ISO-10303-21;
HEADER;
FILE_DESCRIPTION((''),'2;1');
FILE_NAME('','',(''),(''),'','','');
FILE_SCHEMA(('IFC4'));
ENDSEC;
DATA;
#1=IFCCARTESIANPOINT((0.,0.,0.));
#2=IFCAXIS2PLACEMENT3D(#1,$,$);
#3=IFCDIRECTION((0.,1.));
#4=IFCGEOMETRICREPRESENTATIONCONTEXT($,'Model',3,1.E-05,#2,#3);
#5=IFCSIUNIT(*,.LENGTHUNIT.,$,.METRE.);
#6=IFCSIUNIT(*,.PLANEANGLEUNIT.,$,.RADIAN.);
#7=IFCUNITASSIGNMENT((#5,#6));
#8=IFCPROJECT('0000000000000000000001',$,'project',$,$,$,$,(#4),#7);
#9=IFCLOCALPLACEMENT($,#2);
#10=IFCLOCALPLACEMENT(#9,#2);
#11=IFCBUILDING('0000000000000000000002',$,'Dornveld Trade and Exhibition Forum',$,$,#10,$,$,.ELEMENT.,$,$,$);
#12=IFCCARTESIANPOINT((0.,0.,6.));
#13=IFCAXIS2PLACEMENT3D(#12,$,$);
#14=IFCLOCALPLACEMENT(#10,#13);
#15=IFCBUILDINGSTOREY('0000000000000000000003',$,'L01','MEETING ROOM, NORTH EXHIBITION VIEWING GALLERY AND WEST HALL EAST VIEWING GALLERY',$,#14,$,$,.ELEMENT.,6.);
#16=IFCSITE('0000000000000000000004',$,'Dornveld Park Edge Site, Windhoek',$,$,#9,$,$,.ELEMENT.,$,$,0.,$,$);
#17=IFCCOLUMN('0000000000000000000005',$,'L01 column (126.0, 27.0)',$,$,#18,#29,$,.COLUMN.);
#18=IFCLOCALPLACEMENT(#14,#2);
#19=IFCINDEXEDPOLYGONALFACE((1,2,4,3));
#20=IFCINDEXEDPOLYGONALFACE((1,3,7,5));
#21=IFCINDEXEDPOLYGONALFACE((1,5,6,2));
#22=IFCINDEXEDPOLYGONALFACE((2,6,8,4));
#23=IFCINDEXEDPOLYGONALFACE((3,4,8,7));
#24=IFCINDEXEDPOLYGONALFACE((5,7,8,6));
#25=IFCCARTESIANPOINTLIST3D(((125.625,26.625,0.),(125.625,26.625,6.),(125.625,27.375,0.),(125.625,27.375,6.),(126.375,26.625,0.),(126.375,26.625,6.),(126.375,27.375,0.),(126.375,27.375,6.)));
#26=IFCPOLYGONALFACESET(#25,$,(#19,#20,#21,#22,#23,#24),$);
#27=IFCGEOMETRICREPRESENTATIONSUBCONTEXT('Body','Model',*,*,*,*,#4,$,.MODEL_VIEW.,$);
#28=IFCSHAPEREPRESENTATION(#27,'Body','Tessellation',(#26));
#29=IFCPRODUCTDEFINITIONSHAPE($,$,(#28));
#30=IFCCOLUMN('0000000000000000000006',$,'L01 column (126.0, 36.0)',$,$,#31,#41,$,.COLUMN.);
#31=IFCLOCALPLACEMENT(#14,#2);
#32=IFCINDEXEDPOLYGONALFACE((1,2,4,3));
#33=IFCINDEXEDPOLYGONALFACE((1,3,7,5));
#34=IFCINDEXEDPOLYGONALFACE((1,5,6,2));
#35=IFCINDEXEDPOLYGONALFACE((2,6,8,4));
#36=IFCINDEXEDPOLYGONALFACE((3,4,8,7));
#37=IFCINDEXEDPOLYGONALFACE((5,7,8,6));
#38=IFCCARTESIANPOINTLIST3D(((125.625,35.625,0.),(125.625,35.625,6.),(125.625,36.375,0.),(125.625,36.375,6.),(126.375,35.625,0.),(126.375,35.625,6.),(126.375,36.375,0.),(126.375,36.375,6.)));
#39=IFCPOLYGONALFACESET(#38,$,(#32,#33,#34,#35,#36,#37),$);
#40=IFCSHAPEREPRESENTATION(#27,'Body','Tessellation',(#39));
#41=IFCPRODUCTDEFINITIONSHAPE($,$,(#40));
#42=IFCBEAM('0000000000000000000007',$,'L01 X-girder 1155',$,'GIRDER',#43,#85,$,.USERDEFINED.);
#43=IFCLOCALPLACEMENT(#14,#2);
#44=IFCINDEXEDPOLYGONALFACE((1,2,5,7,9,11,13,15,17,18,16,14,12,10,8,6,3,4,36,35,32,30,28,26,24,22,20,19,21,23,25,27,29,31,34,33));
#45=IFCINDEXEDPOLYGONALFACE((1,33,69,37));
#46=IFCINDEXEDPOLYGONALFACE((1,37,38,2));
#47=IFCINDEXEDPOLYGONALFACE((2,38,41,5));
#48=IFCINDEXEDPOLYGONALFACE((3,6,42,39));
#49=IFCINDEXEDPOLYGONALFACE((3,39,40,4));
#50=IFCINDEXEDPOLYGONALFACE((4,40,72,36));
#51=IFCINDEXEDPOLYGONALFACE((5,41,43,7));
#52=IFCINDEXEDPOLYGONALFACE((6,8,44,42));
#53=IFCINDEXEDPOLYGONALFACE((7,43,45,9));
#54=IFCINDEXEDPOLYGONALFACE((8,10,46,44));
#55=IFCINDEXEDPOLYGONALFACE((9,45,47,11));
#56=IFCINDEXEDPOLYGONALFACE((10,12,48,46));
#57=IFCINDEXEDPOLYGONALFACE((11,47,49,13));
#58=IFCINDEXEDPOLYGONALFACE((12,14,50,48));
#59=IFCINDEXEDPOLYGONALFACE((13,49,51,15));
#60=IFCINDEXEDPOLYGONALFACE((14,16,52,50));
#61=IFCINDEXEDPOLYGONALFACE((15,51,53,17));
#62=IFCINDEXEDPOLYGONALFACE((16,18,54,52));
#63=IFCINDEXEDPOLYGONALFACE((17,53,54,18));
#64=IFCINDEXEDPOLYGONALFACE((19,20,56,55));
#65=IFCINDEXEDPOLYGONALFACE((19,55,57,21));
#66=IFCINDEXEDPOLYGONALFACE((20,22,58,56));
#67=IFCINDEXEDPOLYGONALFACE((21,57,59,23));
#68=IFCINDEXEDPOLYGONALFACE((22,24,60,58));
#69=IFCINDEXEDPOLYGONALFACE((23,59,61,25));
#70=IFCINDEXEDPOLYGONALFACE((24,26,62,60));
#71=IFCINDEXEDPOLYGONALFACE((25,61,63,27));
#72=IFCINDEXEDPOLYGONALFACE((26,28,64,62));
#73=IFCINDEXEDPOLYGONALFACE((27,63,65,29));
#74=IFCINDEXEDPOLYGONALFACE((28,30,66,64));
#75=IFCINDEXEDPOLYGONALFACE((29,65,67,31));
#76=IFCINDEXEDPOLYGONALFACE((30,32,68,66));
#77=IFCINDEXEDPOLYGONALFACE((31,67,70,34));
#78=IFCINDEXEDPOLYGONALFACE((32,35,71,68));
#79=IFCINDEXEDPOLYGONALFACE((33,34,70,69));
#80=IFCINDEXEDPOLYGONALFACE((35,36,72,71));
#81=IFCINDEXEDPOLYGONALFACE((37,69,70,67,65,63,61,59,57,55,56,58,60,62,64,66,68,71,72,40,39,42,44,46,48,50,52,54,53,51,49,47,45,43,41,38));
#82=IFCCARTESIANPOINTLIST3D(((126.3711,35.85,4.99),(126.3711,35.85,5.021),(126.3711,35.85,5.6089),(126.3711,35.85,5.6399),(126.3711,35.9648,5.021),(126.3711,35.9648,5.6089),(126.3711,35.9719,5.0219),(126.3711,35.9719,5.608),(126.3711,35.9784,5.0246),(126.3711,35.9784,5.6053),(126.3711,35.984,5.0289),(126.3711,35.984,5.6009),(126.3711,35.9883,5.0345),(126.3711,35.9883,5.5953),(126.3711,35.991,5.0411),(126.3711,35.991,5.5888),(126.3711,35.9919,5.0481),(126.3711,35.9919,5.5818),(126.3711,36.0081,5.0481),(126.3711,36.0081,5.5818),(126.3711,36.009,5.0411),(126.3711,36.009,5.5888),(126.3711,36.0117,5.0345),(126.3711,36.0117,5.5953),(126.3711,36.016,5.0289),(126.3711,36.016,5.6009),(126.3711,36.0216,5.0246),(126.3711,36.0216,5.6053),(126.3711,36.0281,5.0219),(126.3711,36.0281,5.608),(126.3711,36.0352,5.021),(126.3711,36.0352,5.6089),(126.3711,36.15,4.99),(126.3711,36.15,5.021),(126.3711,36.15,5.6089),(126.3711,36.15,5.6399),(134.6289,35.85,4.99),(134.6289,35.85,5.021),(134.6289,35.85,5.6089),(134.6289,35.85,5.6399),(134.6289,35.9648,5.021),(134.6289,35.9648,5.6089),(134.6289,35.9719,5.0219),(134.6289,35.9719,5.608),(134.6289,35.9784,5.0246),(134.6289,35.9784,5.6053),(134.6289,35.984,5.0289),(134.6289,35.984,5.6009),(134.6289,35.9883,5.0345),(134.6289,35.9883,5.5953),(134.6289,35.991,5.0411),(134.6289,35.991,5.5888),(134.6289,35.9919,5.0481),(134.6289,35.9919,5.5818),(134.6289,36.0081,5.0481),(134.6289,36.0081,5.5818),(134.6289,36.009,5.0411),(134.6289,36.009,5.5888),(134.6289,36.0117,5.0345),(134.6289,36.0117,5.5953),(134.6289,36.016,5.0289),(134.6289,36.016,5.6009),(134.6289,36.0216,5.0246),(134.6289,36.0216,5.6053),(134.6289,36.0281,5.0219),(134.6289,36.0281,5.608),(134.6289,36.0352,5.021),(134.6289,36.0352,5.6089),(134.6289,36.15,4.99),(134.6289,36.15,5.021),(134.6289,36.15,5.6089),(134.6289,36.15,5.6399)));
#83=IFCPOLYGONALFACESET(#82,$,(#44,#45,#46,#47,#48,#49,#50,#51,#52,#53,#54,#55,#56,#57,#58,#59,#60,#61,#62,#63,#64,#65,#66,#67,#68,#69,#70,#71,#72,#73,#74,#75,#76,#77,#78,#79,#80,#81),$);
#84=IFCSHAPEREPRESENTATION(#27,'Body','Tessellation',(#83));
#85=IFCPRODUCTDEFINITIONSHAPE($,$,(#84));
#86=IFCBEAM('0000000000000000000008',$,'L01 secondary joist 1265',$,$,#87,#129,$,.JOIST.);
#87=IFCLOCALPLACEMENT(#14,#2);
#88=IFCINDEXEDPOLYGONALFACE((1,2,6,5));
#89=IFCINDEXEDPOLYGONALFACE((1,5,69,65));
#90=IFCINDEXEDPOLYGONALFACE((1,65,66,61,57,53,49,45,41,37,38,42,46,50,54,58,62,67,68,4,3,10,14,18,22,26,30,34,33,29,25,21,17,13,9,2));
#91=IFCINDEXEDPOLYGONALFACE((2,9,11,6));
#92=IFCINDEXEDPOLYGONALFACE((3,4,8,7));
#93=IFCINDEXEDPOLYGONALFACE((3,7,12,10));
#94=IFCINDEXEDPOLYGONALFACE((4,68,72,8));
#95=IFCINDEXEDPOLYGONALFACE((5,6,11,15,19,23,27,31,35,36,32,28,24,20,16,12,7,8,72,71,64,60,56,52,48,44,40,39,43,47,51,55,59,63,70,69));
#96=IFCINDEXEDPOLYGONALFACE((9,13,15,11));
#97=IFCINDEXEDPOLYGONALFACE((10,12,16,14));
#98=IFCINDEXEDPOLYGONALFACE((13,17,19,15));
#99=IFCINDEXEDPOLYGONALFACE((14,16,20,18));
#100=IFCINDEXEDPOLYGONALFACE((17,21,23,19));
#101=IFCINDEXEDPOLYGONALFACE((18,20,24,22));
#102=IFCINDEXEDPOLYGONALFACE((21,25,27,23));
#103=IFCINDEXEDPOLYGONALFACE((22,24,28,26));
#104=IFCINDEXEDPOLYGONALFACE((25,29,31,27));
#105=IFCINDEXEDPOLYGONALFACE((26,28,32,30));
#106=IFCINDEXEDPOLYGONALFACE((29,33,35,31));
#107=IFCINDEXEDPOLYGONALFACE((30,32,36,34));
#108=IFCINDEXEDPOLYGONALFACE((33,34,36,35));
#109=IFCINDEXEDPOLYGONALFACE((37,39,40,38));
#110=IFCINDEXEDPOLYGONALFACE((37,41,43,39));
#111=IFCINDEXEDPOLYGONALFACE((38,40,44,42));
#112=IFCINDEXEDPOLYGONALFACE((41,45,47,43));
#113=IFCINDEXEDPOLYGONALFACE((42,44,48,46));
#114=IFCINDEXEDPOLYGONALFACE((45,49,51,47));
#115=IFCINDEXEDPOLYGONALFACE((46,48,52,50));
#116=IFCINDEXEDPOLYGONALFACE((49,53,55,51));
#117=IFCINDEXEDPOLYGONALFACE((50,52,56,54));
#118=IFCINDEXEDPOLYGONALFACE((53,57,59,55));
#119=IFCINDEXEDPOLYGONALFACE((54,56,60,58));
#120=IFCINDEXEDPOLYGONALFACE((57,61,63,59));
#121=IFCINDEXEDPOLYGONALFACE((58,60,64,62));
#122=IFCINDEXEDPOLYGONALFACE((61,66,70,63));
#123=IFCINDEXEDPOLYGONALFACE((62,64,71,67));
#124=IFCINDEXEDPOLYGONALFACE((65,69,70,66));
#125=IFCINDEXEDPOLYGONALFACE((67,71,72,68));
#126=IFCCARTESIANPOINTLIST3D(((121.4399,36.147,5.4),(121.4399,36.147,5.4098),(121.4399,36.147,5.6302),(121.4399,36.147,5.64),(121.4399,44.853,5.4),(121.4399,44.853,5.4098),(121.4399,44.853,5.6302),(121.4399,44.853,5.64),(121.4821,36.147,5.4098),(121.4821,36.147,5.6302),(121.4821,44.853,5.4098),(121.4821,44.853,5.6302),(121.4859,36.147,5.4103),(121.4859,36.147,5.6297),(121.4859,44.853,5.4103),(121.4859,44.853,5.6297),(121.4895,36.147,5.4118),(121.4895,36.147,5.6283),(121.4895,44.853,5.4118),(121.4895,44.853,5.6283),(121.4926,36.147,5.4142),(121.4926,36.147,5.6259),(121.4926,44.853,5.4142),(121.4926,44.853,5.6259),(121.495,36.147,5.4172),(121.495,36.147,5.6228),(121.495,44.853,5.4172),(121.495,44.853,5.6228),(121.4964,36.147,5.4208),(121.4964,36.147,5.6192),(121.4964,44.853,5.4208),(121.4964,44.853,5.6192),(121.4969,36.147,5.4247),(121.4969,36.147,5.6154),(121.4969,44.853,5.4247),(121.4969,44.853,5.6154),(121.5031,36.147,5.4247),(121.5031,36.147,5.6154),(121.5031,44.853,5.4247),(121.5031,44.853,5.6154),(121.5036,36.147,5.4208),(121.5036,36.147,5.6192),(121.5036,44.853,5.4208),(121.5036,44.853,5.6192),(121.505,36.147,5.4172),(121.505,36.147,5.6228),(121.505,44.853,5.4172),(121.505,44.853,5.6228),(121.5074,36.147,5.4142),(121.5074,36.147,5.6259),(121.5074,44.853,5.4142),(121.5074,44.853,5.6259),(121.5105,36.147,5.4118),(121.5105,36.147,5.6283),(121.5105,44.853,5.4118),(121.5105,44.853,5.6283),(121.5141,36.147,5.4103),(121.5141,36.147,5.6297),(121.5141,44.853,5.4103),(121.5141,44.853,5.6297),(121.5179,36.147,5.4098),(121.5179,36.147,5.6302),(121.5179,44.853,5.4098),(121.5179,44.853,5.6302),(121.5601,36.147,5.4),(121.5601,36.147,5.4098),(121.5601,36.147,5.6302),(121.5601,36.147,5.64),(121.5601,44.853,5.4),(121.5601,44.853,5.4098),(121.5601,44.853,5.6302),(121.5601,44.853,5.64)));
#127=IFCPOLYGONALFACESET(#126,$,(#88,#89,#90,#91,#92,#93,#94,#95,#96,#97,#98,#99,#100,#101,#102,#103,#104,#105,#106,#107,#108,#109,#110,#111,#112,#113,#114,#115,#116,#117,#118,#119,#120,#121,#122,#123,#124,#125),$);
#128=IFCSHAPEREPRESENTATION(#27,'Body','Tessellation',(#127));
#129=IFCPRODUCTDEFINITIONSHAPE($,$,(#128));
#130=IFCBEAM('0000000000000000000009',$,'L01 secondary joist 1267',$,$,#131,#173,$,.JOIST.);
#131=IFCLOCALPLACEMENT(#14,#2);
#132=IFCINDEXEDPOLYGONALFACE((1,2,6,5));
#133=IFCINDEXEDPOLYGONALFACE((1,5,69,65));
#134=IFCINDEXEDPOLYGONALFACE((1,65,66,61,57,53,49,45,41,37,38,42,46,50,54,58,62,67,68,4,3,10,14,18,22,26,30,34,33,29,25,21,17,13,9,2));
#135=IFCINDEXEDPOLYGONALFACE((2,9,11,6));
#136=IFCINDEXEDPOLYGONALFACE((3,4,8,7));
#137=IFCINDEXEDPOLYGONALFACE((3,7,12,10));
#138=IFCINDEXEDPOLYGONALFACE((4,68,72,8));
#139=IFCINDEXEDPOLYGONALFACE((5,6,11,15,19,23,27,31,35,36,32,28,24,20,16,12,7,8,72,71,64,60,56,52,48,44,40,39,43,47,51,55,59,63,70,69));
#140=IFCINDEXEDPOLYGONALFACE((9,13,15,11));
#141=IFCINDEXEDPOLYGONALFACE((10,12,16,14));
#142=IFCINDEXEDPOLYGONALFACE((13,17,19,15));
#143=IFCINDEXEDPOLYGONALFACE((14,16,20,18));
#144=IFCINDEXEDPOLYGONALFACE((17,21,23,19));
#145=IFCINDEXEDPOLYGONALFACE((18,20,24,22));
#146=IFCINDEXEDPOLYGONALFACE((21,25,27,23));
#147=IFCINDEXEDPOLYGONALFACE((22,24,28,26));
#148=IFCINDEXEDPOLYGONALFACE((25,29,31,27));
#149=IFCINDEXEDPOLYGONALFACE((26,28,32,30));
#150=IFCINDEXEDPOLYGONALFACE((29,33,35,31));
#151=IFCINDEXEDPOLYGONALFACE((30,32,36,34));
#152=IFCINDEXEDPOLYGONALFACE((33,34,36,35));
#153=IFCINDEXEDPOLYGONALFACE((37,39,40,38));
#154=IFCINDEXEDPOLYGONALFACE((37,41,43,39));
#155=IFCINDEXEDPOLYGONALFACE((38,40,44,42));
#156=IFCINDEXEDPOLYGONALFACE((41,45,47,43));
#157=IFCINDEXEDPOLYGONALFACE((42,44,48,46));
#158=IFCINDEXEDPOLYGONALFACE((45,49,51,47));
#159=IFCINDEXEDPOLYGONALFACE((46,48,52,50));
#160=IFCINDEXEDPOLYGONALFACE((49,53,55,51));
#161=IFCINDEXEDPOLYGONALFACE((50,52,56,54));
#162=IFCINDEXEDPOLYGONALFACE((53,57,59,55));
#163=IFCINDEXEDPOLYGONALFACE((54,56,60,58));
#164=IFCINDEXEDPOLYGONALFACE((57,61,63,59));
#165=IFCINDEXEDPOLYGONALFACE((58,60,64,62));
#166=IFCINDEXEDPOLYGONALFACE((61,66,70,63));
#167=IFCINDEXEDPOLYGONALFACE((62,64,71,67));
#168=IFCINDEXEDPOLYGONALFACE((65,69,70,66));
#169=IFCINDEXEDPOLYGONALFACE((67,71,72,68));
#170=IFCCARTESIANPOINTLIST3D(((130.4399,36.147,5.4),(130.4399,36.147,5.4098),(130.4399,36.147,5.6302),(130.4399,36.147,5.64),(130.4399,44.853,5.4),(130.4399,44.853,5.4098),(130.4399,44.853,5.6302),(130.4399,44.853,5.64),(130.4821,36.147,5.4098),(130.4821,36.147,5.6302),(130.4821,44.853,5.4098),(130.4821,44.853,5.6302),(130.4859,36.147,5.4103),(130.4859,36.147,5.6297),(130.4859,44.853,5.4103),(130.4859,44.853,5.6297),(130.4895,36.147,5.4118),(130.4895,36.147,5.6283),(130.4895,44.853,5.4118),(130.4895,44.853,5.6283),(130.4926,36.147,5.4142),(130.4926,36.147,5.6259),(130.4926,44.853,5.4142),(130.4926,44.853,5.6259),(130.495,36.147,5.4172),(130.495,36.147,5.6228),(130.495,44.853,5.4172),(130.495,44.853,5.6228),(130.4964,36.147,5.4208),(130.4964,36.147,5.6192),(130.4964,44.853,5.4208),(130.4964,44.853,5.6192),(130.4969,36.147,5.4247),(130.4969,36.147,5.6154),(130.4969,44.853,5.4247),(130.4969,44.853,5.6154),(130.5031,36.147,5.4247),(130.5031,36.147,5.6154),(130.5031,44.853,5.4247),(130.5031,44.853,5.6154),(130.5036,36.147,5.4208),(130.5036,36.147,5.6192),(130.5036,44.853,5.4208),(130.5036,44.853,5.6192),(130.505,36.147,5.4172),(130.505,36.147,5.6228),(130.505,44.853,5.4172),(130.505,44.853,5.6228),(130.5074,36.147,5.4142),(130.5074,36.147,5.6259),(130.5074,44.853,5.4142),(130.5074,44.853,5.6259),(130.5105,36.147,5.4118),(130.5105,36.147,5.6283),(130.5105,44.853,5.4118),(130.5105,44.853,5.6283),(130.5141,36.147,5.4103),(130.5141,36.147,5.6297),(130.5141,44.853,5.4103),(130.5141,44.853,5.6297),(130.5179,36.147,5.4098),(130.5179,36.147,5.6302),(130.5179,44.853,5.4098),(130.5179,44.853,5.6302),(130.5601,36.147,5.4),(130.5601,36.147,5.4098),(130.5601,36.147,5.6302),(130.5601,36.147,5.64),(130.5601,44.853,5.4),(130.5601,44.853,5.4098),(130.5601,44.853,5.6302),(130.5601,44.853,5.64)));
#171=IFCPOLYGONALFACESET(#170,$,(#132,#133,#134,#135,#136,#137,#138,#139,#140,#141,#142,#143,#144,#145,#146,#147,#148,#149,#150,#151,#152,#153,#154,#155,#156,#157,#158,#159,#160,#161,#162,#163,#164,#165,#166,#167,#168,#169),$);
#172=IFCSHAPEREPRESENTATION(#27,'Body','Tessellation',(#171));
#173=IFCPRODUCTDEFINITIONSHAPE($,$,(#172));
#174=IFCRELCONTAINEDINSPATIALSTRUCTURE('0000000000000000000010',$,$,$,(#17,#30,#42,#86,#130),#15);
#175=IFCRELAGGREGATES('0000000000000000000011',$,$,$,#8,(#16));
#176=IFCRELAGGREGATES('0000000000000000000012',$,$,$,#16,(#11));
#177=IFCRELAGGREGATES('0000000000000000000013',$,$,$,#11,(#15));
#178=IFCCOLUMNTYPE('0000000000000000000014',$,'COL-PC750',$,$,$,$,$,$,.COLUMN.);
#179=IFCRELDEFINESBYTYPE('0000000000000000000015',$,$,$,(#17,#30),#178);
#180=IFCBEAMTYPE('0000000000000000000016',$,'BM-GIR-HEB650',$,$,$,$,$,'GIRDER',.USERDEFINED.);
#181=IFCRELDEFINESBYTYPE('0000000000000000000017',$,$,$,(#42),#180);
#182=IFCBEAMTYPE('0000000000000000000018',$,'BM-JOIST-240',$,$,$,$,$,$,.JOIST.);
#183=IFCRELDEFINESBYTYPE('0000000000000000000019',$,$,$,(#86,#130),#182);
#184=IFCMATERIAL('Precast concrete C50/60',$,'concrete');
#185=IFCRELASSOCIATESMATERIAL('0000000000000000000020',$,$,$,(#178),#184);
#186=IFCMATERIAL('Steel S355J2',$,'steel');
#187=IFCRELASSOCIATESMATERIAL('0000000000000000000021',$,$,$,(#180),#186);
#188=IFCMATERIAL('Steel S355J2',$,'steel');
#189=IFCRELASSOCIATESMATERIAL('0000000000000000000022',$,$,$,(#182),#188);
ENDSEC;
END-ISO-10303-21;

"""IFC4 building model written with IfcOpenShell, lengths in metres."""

from ifc_helpers import new_model, si_unit, direction, frame, origin, origin_2d, place, context, subcontext, project, spatial, rectangle, i_section, extrude, material, material_profile, profile_set, type_object, element, save


model = new_model("IFC4")

# Units and contexts
model_context = context("Model", 3, precision=1e-05, world=origin(), true_north=direction((0.0, 1.0)))
body_context = subcontext(model_context, "Body", "Model", "MODEL_VIEW")
ifc_project = project(units=[si_unit("LENGTHUNIT", "METRE"), si_unit("PLANEANGLEUNIT", "RADIAN")], contexts=[model_context])

# Site, building, storey
site_placement = place(None, origin())
site = spatial("IfcSite", under=ifc_project, at=site_placement, Name="Dornveld Park Edge Site, Windhoek", CompositionType="ELEMENT", RefElevation=0.0)
building_placement = place(site_placement, origin())
building = spatial("IfcBuilding", under=site, at=building_placement, Name="Dornveld Trade and Exhibition Forum", CompositionType="ELEMENT")
storey_placement = place(building_placement, frame((0.0, 0.0, 6.0)))
storey = spatial("IfcBuildingStorey", under=building, at=storey_placement, Name="L01", Description="MEETING ROOM, NORTH EXHIBITION VIEWING GALLERY AND WEST HALL EAST VIEWING GALLERY", CompositionType="ELEMENT", Elevation=6.0)

# Columns
ifc_material_1 = material(Name="Precast concrete C50/60", Category="concrete")
ifc_material_profile_1 = material_profile(ifc_material_1, rectangle(XDim=0.75, YDim=0.75, at=origin_2d()), Name="PC-COL 750x750")
ifc_profile_set_1 = profile_set([ifc_material_profile_1], Name="Precast concrete C50/60")
column_type = type_object("IfcColumnType", Name="COL-PC750", PredefinedType="COLUMN", material=ifc_profile_set_1)
for number, where, z_axis, x_axis, name in (
    (1, (126.0, 27.0, 0.0), (0.0, 0.0, 1.0), (1.0, 0.0, 0.0), "L01 column (126.0, 27.0)"),
    (2, (126.0, 36.0, 0.0), (0.0, 0.0, 1.0), (1.0, 0.0, 0.0), "L01 column (126.0, 36.0)"),
):
    element("IfcColumn", number, at=place(storey_placement, frame(where, z_axis=z_axis, x_axis=x_axis)), inside=storey, type_object=column_type, Name=name, PredefinedType="COLUMN", context=body_context, shape_type="SweptSolid", body=[
        extrude(rectangle(XDim=0.75, YDim=0.75, at=origin_2d()), origin(), (0.0, 0.0, 1.0), 6.0),
    ])

# Beams
ifc_material_2 = material(Name="Steel S355J2", Category="steel")
ifc_material_profile_2 = material_profile(ifc_material_2, i_section(OverallWidth=0.3, OverallDepth=0.6499, WebThickness=0.0161, FlangeThickness=0.031, FilletRadius=0.0271, at=origin_2d()), Name="HEB 650")
ifc_profile_set_2 = profile_set([ifc_material_profile_2], Name="Steel S355J2")
beam_type_1 = type_object("IfcBeamType", Name="BM-GIR-HEB650", ElementType="GIRDER", PredefinedType="USERDEFINED", material=ifc_profile_set_2)
beam_1_placement = place(storey_placement, frame((126.3711, 36.0, 5.3149), z_axis=(1.0, 0.0, 0.0), x_axis=(0.0, 1.0, 0.0)))
element("IfcBeam", 3, at=beam_1_placement, inside=storey, type_object=beam_type_1, Name="L01 X-girder 1155", ObjectType="GIRDER", PredefinedType="USERDEFINED", context=body_context, shape_type="SweptSolid", body=[
    extrude(i_section(OverallWidth=0.3, OverallDepth=0.6499, WebThickness=0.0161, FlangeThickness=0.031, FilletRadius=0.0271, at=origin_2d()), origin(), (0.0, 0.0, 1.0), 8.2578),
])
ifc_material_3 = material(Name="Steel S355J2", Category="steel")
ifc_material_profile_3 = material_profile(ifc_material_3, i_section(OverallWidth=0.1201, OverallDepth=0.24, WebThickness=0.0061, FlangeThickness=0.0098, FilletRadius=0.0149, at=origin_2d()), Name="IPE 240")
ifc_profile_set_3 = profile_set([ifc_material_profile_3], Name="Steel S355J2")
beam_type_2 = type_object("IfcBeamType", Name="BM-JOIST-240", PredefinedType="JOIST", material=ifc_profile_set_3)
for number, where, z_axis, x_axis, name in (
    (4, (121.5, 36.147, 5.52), (0.0, 1.0, 0.0), (-1.0, 0.0, 0.0), "L01 secondary joist 1265"),
    (5, (130.5, 36.147, 5.52), (0.0, 1.0, 0.0), (-1.0, 0.0, 0.0), "L01 secondary joist 1267"),
):
    element("IfcBeam", number, at=place(storey_placement, frame(where, z_axis=z_axis, x_axis=x_axis)), inside=storey, type_object=beam_type_2, Name=name, PredefinedType="JOIST", context=body_context, shape_type="SweptSolid", body=[
        extrude(i_section(OverallWidth=0.1201, OverallDepth=0.24, WebThickness=0.0061, FlangeThickness=0.0098, FilletRadius=0.0149, at=origin_2d()), origin(), (0.0, 0.0, 1.0), 8.7061),
    ])

save(model, "model.ifc")
